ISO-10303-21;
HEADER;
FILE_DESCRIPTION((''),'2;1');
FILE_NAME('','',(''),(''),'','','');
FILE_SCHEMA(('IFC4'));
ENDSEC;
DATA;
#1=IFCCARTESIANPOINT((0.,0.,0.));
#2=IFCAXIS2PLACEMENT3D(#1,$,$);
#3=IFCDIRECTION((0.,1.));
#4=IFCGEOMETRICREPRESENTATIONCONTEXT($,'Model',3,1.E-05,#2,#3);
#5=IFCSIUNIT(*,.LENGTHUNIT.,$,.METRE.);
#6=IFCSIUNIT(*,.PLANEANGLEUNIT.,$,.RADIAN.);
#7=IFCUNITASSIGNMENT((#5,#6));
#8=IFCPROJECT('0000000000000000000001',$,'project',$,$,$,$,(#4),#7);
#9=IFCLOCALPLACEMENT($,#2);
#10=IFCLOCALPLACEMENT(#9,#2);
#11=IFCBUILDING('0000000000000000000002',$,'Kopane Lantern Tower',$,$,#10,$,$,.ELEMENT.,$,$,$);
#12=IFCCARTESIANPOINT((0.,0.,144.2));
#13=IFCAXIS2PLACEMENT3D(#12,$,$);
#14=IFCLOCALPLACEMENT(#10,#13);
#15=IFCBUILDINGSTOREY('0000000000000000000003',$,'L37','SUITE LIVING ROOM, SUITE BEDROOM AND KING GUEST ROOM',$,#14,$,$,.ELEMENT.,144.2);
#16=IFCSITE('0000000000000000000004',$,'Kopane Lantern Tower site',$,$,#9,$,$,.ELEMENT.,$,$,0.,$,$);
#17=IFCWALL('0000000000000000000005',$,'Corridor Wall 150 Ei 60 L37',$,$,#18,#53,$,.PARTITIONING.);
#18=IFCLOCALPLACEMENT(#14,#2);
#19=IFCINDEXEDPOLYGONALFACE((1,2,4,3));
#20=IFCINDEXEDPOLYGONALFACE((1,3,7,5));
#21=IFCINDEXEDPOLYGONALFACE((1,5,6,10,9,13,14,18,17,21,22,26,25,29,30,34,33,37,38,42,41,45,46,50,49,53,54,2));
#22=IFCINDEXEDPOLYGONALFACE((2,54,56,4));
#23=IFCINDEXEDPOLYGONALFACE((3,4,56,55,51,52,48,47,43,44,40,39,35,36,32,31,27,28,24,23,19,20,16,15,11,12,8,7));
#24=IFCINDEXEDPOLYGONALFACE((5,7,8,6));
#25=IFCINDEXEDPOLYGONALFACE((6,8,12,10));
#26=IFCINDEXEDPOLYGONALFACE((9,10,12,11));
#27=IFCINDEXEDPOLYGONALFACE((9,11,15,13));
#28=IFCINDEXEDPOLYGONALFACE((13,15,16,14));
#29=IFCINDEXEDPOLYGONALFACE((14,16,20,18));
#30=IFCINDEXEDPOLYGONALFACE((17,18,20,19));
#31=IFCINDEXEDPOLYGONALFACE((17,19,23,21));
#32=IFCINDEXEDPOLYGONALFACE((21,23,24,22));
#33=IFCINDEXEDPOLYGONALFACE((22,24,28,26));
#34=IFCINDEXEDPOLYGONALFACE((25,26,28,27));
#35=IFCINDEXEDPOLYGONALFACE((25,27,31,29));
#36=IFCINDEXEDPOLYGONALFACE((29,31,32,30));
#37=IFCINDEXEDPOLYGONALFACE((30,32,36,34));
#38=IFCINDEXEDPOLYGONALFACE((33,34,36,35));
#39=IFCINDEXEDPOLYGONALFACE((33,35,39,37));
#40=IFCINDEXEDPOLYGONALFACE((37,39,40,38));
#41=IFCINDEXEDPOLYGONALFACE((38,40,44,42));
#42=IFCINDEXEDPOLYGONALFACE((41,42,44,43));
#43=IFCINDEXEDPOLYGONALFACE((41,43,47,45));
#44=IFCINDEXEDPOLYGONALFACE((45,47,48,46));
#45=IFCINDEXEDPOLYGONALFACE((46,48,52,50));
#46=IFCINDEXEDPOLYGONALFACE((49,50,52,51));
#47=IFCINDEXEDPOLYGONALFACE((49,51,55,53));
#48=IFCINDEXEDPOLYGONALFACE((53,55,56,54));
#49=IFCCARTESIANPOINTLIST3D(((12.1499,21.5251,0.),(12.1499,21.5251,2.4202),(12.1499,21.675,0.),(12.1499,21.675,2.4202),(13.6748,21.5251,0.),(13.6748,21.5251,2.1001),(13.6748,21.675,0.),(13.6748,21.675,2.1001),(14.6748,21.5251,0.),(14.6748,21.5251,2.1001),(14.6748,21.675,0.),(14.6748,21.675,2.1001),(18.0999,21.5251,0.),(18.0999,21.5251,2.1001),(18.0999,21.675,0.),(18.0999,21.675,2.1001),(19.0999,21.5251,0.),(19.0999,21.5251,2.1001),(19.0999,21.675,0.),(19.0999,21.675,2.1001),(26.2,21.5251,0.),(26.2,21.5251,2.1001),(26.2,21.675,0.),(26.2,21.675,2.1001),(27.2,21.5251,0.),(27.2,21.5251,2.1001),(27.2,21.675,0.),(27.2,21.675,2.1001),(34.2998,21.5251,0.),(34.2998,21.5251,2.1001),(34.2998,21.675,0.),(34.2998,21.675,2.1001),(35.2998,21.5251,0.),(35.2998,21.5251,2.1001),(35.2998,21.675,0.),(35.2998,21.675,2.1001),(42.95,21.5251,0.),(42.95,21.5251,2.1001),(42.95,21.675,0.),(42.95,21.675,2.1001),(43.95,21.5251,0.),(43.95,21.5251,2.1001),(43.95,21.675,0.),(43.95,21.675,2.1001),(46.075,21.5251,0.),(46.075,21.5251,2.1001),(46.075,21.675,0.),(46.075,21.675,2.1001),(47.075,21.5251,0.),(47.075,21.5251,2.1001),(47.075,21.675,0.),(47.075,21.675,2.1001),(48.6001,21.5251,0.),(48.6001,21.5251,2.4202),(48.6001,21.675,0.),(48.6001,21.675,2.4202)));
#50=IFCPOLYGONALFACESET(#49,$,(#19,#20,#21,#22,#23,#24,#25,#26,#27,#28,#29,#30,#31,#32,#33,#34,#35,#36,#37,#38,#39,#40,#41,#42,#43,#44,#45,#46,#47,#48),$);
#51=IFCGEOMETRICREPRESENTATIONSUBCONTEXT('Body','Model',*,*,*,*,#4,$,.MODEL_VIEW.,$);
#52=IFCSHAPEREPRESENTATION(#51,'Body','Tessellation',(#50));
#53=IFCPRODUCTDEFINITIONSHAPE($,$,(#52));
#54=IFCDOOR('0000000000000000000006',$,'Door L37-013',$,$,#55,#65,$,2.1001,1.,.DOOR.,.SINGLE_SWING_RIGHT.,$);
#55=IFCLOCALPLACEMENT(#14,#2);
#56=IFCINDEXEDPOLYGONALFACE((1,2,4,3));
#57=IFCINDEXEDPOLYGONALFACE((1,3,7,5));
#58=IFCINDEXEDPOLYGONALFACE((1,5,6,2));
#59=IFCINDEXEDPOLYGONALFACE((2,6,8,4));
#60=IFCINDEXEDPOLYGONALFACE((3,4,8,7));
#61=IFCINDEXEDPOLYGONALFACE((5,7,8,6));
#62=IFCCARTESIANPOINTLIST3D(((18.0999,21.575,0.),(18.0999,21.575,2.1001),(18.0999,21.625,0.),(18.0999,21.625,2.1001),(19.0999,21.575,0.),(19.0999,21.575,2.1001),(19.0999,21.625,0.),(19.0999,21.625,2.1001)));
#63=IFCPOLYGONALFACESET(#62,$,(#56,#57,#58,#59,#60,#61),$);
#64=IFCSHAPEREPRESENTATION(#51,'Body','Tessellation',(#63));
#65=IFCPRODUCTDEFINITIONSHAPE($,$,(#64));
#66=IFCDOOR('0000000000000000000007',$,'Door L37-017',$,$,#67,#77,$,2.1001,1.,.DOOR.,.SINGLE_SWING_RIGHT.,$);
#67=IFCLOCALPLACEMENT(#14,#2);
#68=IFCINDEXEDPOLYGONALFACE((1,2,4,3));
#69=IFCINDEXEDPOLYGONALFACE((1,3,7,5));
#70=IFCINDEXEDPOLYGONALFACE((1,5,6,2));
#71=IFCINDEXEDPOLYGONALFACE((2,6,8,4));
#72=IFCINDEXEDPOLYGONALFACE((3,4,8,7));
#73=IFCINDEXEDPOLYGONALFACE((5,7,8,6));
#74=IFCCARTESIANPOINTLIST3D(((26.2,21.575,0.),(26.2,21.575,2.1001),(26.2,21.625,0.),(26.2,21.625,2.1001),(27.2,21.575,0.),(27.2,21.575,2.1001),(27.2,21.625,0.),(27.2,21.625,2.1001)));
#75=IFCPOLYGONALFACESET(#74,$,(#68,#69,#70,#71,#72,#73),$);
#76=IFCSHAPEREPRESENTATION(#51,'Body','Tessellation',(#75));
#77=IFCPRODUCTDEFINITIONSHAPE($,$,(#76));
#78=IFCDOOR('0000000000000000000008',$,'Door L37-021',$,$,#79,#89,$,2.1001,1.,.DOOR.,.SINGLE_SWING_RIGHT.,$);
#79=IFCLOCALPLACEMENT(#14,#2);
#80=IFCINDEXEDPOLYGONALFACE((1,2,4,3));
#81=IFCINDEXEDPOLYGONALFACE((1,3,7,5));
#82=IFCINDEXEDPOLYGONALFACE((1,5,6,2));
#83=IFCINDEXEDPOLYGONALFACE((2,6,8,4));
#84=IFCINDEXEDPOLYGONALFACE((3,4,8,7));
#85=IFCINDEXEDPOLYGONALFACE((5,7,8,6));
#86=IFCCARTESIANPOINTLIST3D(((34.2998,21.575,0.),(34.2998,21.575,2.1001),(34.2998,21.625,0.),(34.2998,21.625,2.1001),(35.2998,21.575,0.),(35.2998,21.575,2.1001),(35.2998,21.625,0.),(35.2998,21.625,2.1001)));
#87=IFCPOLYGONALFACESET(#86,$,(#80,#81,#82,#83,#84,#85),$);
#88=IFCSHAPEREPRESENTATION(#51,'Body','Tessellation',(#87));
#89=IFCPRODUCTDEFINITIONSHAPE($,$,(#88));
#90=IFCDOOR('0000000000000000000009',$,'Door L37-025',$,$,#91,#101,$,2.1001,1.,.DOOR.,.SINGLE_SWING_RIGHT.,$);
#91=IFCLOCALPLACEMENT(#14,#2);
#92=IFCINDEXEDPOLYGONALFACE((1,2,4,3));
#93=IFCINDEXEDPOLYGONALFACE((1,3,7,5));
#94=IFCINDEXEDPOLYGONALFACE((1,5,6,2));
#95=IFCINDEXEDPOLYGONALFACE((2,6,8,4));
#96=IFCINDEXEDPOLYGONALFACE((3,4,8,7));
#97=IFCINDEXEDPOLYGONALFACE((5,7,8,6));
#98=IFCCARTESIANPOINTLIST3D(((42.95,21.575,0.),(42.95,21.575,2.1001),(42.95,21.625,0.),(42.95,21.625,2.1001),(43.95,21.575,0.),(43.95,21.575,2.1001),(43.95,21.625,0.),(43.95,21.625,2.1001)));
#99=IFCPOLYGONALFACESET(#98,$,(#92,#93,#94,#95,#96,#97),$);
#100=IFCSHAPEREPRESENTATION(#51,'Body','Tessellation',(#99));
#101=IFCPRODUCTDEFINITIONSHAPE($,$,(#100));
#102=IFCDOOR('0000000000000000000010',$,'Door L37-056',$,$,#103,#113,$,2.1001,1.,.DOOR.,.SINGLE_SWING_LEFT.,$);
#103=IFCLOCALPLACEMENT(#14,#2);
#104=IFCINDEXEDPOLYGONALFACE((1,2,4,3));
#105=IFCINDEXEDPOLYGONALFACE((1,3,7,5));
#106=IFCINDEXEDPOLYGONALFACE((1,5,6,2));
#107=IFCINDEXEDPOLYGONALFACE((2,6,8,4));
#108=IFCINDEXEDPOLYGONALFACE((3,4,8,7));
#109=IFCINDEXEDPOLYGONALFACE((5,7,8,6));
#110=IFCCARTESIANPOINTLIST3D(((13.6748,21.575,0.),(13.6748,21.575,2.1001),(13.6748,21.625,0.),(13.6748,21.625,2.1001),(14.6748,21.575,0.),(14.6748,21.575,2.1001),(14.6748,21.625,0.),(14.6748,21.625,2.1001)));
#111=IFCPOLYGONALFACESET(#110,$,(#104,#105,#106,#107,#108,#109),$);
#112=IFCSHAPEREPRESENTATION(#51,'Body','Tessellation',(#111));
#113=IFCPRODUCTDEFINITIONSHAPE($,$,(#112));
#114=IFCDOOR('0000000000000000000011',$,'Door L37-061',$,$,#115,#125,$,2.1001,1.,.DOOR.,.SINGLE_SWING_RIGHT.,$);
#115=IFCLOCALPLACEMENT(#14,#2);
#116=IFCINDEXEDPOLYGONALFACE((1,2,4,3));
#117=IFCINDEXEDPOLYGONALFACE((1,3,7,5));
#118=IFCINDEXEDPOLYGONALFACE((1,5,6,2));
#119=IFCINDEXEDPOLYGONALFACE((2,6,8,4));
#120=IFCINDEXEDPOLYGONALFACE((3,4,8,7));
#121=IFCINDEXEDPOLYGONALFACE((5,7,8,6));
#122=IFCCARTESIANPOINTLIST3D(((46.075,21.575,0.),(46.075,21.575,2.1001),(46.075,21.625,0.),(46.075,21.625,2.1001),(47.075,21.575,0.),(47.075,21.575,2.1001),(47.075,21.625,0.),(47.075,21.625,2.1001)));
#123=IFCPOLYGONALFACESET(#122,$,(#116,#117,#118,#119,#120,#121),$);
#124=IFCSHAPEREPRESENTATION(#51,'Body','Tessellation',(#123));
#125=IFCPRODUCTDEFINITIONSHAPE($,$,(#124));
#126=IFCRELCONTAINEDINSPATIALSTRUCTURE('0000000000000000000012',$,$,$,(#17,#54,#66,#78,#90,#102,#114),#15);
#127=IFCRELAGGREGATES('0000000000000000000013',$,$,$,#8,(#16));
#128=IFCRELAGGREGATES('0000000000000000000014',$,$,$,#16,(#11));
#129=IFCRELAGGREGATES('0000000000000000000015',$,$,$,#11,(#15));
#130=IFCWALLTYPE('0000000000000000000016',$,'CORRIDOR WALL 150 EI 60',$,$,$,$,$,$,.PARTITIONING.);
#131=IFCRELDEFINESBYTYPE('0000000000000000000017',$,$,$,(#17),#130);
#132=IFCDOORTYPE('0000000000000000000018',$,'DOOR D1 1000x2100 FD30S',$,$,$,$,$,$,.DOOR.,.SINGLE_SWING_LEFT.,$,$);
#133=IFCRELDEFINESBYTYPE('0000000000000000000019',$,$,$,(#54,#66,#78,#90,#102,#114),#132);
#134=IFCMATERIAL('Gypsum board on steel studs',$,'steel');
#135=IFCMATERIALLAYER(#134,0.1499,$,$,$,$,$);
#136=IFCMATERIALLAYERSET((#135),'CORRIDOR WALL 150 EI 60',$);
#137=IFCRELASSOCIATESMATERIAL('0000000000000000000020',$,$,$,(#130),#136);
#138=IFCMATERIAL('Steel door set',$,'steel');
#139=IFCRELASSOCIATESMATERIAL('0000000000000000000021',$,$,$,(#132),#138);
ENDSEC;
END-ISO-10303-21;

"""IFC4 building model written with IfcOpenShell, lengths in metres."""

from ifc_helpers import new_model, si_unit, direction, frame, frame_2d, origin, place, context, subcontext, project, spatial, rectangle, extrude, material, layer, layer_set, type_object, element, fill, save


model = new_model("IFC4")

# Units and contexts
model_context = context("Model", 3, precision=1e-05, world=origin(), true_north=direction((0.0, 1.0)))
body_context = subcontext(model_context, "Body", "Model", "MODEL_VIEW")
ifc_project = project(units=[si_unit("LENGTHUNIT", "METRE"), si_unit("PLANEANGLEUNIT", "RADIAN")], contexts=[model_context])

# Site, building, storey
site_placement = place(None, origin())
site = spatial("IfcSite", under=ifc_project, at=site_placement, Name="Kopane Lantern Tower site", CompositionType="ELEMENT", RefElevation=0.0)
building_placement = place(site_placement, origin())
building = spatial("IfcBuilding", under=site, at=building_placement, Name="Kopane Lantern Tower", CompositionType="ELEMENT")
storey_placement = place(building_placement, frame((0.0, 0.0, 144.2)))
storey = spatial("IfcBuildingStorey", under=building, at=storey_placement, Name="L37", Description="SUITE LIVING ROOM, SUITE BEDROOM AND KING GUEST ROOM", CompositionType="ELEMENT", Elevation=144.2)

# Wall, openings, doors
ifc_material_1 = material(Name="Gypsum board on steel studs", Category="steel")
ifc_layer_1 = layer(ifc_material_1, 0.1499)
ifc_layer_set_1 = layer_set([ifc_layer_1], Name="CORRIDOR WALL 150 EI 60")
wall_type_1 = type_object("IfcWallType", Name="CORRIDOR WALL 150 EI 60", PredefinedType="PARTITIONING", material=ifc_layer_set_1)
wall_1_placement = place(storey_placement, frame((12.1499, 21.6001, 0.0), z_axis=(0.0, 0.0, 1.0), x_axis=(1.0, 0.0, 0.0)))
wall_1 = element("IfcWall", 1, at=wall_1_placement, inside=storey, type_object=wall_type_1, Name="Corridor Wall 150 Ei 60 L37", PredefinedType="PARTITIONING", context=body_context, shape_type="SweptSolid", body=[
    extrude(rectangle(XDim=36.4502, YDim=0.1499, at=frame_2d((18.2251, 0.0))), origin(), (0.0, 0.0, 1.0), 2.4202),
])
opening_1_placement = place(wall_1_placement, frame((5.95, 0.0, 0.0)))
opening_1 = element("IfcOpeningElement", 2, at=opening_1_placement, cuts=wall_1, PredefinedType="OPENING", context=body_context, shape_type="SweptSolid", body=[
    extrude(rectangle(XDim=1.0, YDim=2.1001, at=frame_2d((0.5, 1.05))), frame((0.0, 0.085, 0.0), z_axis=(0.0, -1.0, 0.0), x_axis=(1.0, 0.0, 0.0)), (0.0, 0.0, 1.0), 0.1699),
])
opening_2_placement = place(wall_1_placement, frame((14.05, 0.0, 0.0)))
opening_2 = element("IfcOpeningElement", 3, at=opening_2_placement, cuts=wall_1, PredefinedType="OPENING", context=body_context, shape_type="SweptSolid", body=[
    extrude(rectangle(XDim=1.0, YDim=2.1001, at=frame_2d((0.5, 1.05))), frame((0.0, 0.085, 0.0), z_axis=(0.0, -1.0, 0.0), x_axis=(1.0, 0.0, 0.0)), (0.0, 0.0, 1.0), 0.1699),
])
opening_3_placement = place(wall_1_placement, frame((22.1499, 0.0, 0.0)))
opening_3 = element("IfcOpeningElement", 4, at=opening_3_placement, cuts=wall_1, PredefinedType="OPENING", context=body_context, shape_type="SweptSolid", body=[
    extrude(rectangle(XDim=1.0, YDim=2.1001, at=frame_2d((0.5, 1.05))), frame((0.0, 0.085, 0.0), z_axis=(0.0, -1.0, 0.0), x_axis=(1.0, 0.0, 0.0)), (0.0, 0.0, 1.0), 0.1699),
])
opening_4_placement = place(wall_1_placement, frame((30.8, 0.0, 0.0)))
opening_4 = element("IfcOpeningElement", 5, at=opening_4_placement, cuts=wall_1, PredefinedType="OPENING", context=body_context, shape_type="SweptSolid", body=[
    extrude(rectangle(XDim=1.0, YDim=2.1001, at=frame_2d((0.5, 1.05))), frame((0.0, 0.085, 0.0), z_axis=(0.0, -1.0, 0.0), x_axis=(1.0, 0.0, 0.0)), (0.0, 0.0, 1.0), 0.1699),
])
opening_5_placement = place(wall_1_placement, frame((1.5249, 0.0, 0.0)))
opening_5 = element("IfcOpeningElement", 6, at=opening_5_placement, cuts=wall_1, PredefinedType="OPENING", context=body_context, shape_type="SweptSolid", body=[
    extrude(rectangle(XDim=1.0, YDim=2.1001, at=frame_2d((0.5, 1.05))), frame((0.0, 0.085, 0.0), z_axis=(0.0, -1.0, 0.0), x_axis=(1.0, 0.0, 0.0)), (0.0, 0.0, 1.0), 0.1699),
])
opening_6_placement = place(wall_1_placement, frame((33.925, 0.0, 0.0)))
opening_6 = element("IfcOpeningElement", 7, at=opening_6_placement, cuts=wall_1, PredefinedType="OPENING", context=body_context, shape_type="SweptSolid", body=[
    extrude(rectangle(XDim=1.0, YDim=2.1001, at=frame_2d((0.5, 1.05))), frame((0.0, 0.085, 0.0), z_axis=(0.0, -1.0, 0.0), x_axis=(1.0, 0.0, 0.0)), (0.0, 0.0, 1.0), 0.1699),
])
ifc_material_2 = material(Name="Steel door set", Category="steel")
door_type_1 = type_object("IfcDoorType", Name="DOOR D1 1000x2100 FD30S", OperationType="SINGLE_SWING_LEFT", PredefinedType="DOOR", material=ifc_material_2)
door_1_placement = place(opening_1_placement, origin())
door_1 = element("IfcDoor", 8, at=door_1_placement, inside=storey, type_object=door_type_1, Name="Door L37-013", OperationType="SINGLE_SWING_RIGHT", OverallHeight=2.1001, OverallWidth=1.0, PredefinedType="DOOR", context=body_context, shape_type="SweptSolid", body=[
    extrude(rectangle(XDim=1.0, YDim=2.1001, at=frame_2d((0.5, 1.05))), frame((0.0, 0.0249, 0.0), z_axis=(0.0, -1.0, 0.0), x_axis=(1.0, 0.0, 0.0)), (0.0, 0.0, 1.0), 0.05),
])
fill(opening_1, door_1)
door_2_placement = place(opening_2_placement, origin())
door_2 = element("IfcDoor", 9, at=door_2_placement, inside=storey, type_object=door_type_1, Name="Door L37-017", OperationType="SINGLE_SWING_RIGHT", OverallHeight=2.1001, OverallWidth=1.0, PredefinedType="DOOR", context=body_context, shape_type="SweptSolid", body=[
    extrude(rectangle(XDim=1.0, YDim=2.1001, at=frame_2d((0.5, 1.05))), frame((0.0, 0.0249, 0.0), z_axis=(0.0, -1.0, 0.0), x_axis=(1.0, 0.0, 0.0)), (0.0, 0.0, 1.0), 0.05),
])
fill(opening_2, door_2)
door_3_placement = place(opening_3_placement, origin())
door_3 = element("IfcDoor", 10, at=door_3_placement, inside=storey, type_object=door_type_1, Name="Door L37-021", OperationType="SINGLE_SWING_RIGHT", OverallHeight=2.1001, OverallWidth=1.0, PredefinedType="DOOR", context=body_context, shape_type="SweptSolid", body=[
    extrude(rectangle(XDim=1.0, YDim=2.1001, at=frame_2d((0.5, 1.05))), frame((0.0, 0.0249, 0.0), z_axis=(0.0, -1.0, 0.0), x_axis=(1.0, 0.0, 0.0)), (0.0, 0.0, 1.0), 0.05),
])
fill(opening_3, door_3)
door_4_placement = place(opening_4_placement, origin())
door_4 = element("IfcDoor", 11, at=door_4_placement, inside=storey, type_object=door_type_1, Name="Door L37-025", OperationType="SINGLE_SWING_RIGHT", OverallHeight=2.1001, OverallWidth=1.0, PredefinedType="DOOR", context=body_context, shape_type="SweptSolid", body=[
    extrude(rectangle(XDim=1.0, YDim=2.1001, at=frame_2d((0.5, 1.05))), frame((0.0, 0.0249, 0.0), z_axis=(0.0, -1.0, 0.0), x_axis=(1.0, 0.0, 0.0)), (0.0, 0.0, 1.0), 0.05),
])
fill(opening_4, door_4)
door_5_placement = place(opening_5_placement, origin())
door_5 = element("IfcDoor", 12, at=door_5_placement, inside=storey, type_object=door_type_1, Name="Door L37-056", OperationType="SINGLE_SWING_LEFT", OverallHeight=2.1001, OverallWidth=1.0, PredefinedType="DOOR", context=body_context, shape_type="SweptSolid", body=[
    extrude(rectangle(XDim=1.0, YDim=2.1001, at=frame_2d((0.5, 1.05))), frame((0.0, 0.0249, 0.0), z_axis=(0.0, -1.0, 0.0), x_axis=(1.0, 0.0, 0.0)), (0.0, 0.0, 1.0), 0.05),
])
fill(opening_5, door_5)
door_6_placement = place(opening_6_placement, origin())
door_6 = element("IfcDoor", 13, at=door_6_placement, inside=storey, type_object=door_type_1, Name="Door L37-061", OperationType="SINGLE_SWING_RIGHT", OverallHeight=2.1001, OverallWidth=1.0, PredefinedType="DOOR", context=body_context, shape_type="SweptSolid", body=[
    extrude(rectangle(XDim=1.0, YDim=2.1001, at=frame_2d((0.5, 1.05))), frame((0.0, 0.0249, 0.0), z_axis=(0.0, -1.0, 0.0), x_axis=(1.0, 0.0, 0.0)), (0.0, 0.0, 1.0), 0.05),
])
fill(opening_6, door_6)

save(model, "model.ifc")
